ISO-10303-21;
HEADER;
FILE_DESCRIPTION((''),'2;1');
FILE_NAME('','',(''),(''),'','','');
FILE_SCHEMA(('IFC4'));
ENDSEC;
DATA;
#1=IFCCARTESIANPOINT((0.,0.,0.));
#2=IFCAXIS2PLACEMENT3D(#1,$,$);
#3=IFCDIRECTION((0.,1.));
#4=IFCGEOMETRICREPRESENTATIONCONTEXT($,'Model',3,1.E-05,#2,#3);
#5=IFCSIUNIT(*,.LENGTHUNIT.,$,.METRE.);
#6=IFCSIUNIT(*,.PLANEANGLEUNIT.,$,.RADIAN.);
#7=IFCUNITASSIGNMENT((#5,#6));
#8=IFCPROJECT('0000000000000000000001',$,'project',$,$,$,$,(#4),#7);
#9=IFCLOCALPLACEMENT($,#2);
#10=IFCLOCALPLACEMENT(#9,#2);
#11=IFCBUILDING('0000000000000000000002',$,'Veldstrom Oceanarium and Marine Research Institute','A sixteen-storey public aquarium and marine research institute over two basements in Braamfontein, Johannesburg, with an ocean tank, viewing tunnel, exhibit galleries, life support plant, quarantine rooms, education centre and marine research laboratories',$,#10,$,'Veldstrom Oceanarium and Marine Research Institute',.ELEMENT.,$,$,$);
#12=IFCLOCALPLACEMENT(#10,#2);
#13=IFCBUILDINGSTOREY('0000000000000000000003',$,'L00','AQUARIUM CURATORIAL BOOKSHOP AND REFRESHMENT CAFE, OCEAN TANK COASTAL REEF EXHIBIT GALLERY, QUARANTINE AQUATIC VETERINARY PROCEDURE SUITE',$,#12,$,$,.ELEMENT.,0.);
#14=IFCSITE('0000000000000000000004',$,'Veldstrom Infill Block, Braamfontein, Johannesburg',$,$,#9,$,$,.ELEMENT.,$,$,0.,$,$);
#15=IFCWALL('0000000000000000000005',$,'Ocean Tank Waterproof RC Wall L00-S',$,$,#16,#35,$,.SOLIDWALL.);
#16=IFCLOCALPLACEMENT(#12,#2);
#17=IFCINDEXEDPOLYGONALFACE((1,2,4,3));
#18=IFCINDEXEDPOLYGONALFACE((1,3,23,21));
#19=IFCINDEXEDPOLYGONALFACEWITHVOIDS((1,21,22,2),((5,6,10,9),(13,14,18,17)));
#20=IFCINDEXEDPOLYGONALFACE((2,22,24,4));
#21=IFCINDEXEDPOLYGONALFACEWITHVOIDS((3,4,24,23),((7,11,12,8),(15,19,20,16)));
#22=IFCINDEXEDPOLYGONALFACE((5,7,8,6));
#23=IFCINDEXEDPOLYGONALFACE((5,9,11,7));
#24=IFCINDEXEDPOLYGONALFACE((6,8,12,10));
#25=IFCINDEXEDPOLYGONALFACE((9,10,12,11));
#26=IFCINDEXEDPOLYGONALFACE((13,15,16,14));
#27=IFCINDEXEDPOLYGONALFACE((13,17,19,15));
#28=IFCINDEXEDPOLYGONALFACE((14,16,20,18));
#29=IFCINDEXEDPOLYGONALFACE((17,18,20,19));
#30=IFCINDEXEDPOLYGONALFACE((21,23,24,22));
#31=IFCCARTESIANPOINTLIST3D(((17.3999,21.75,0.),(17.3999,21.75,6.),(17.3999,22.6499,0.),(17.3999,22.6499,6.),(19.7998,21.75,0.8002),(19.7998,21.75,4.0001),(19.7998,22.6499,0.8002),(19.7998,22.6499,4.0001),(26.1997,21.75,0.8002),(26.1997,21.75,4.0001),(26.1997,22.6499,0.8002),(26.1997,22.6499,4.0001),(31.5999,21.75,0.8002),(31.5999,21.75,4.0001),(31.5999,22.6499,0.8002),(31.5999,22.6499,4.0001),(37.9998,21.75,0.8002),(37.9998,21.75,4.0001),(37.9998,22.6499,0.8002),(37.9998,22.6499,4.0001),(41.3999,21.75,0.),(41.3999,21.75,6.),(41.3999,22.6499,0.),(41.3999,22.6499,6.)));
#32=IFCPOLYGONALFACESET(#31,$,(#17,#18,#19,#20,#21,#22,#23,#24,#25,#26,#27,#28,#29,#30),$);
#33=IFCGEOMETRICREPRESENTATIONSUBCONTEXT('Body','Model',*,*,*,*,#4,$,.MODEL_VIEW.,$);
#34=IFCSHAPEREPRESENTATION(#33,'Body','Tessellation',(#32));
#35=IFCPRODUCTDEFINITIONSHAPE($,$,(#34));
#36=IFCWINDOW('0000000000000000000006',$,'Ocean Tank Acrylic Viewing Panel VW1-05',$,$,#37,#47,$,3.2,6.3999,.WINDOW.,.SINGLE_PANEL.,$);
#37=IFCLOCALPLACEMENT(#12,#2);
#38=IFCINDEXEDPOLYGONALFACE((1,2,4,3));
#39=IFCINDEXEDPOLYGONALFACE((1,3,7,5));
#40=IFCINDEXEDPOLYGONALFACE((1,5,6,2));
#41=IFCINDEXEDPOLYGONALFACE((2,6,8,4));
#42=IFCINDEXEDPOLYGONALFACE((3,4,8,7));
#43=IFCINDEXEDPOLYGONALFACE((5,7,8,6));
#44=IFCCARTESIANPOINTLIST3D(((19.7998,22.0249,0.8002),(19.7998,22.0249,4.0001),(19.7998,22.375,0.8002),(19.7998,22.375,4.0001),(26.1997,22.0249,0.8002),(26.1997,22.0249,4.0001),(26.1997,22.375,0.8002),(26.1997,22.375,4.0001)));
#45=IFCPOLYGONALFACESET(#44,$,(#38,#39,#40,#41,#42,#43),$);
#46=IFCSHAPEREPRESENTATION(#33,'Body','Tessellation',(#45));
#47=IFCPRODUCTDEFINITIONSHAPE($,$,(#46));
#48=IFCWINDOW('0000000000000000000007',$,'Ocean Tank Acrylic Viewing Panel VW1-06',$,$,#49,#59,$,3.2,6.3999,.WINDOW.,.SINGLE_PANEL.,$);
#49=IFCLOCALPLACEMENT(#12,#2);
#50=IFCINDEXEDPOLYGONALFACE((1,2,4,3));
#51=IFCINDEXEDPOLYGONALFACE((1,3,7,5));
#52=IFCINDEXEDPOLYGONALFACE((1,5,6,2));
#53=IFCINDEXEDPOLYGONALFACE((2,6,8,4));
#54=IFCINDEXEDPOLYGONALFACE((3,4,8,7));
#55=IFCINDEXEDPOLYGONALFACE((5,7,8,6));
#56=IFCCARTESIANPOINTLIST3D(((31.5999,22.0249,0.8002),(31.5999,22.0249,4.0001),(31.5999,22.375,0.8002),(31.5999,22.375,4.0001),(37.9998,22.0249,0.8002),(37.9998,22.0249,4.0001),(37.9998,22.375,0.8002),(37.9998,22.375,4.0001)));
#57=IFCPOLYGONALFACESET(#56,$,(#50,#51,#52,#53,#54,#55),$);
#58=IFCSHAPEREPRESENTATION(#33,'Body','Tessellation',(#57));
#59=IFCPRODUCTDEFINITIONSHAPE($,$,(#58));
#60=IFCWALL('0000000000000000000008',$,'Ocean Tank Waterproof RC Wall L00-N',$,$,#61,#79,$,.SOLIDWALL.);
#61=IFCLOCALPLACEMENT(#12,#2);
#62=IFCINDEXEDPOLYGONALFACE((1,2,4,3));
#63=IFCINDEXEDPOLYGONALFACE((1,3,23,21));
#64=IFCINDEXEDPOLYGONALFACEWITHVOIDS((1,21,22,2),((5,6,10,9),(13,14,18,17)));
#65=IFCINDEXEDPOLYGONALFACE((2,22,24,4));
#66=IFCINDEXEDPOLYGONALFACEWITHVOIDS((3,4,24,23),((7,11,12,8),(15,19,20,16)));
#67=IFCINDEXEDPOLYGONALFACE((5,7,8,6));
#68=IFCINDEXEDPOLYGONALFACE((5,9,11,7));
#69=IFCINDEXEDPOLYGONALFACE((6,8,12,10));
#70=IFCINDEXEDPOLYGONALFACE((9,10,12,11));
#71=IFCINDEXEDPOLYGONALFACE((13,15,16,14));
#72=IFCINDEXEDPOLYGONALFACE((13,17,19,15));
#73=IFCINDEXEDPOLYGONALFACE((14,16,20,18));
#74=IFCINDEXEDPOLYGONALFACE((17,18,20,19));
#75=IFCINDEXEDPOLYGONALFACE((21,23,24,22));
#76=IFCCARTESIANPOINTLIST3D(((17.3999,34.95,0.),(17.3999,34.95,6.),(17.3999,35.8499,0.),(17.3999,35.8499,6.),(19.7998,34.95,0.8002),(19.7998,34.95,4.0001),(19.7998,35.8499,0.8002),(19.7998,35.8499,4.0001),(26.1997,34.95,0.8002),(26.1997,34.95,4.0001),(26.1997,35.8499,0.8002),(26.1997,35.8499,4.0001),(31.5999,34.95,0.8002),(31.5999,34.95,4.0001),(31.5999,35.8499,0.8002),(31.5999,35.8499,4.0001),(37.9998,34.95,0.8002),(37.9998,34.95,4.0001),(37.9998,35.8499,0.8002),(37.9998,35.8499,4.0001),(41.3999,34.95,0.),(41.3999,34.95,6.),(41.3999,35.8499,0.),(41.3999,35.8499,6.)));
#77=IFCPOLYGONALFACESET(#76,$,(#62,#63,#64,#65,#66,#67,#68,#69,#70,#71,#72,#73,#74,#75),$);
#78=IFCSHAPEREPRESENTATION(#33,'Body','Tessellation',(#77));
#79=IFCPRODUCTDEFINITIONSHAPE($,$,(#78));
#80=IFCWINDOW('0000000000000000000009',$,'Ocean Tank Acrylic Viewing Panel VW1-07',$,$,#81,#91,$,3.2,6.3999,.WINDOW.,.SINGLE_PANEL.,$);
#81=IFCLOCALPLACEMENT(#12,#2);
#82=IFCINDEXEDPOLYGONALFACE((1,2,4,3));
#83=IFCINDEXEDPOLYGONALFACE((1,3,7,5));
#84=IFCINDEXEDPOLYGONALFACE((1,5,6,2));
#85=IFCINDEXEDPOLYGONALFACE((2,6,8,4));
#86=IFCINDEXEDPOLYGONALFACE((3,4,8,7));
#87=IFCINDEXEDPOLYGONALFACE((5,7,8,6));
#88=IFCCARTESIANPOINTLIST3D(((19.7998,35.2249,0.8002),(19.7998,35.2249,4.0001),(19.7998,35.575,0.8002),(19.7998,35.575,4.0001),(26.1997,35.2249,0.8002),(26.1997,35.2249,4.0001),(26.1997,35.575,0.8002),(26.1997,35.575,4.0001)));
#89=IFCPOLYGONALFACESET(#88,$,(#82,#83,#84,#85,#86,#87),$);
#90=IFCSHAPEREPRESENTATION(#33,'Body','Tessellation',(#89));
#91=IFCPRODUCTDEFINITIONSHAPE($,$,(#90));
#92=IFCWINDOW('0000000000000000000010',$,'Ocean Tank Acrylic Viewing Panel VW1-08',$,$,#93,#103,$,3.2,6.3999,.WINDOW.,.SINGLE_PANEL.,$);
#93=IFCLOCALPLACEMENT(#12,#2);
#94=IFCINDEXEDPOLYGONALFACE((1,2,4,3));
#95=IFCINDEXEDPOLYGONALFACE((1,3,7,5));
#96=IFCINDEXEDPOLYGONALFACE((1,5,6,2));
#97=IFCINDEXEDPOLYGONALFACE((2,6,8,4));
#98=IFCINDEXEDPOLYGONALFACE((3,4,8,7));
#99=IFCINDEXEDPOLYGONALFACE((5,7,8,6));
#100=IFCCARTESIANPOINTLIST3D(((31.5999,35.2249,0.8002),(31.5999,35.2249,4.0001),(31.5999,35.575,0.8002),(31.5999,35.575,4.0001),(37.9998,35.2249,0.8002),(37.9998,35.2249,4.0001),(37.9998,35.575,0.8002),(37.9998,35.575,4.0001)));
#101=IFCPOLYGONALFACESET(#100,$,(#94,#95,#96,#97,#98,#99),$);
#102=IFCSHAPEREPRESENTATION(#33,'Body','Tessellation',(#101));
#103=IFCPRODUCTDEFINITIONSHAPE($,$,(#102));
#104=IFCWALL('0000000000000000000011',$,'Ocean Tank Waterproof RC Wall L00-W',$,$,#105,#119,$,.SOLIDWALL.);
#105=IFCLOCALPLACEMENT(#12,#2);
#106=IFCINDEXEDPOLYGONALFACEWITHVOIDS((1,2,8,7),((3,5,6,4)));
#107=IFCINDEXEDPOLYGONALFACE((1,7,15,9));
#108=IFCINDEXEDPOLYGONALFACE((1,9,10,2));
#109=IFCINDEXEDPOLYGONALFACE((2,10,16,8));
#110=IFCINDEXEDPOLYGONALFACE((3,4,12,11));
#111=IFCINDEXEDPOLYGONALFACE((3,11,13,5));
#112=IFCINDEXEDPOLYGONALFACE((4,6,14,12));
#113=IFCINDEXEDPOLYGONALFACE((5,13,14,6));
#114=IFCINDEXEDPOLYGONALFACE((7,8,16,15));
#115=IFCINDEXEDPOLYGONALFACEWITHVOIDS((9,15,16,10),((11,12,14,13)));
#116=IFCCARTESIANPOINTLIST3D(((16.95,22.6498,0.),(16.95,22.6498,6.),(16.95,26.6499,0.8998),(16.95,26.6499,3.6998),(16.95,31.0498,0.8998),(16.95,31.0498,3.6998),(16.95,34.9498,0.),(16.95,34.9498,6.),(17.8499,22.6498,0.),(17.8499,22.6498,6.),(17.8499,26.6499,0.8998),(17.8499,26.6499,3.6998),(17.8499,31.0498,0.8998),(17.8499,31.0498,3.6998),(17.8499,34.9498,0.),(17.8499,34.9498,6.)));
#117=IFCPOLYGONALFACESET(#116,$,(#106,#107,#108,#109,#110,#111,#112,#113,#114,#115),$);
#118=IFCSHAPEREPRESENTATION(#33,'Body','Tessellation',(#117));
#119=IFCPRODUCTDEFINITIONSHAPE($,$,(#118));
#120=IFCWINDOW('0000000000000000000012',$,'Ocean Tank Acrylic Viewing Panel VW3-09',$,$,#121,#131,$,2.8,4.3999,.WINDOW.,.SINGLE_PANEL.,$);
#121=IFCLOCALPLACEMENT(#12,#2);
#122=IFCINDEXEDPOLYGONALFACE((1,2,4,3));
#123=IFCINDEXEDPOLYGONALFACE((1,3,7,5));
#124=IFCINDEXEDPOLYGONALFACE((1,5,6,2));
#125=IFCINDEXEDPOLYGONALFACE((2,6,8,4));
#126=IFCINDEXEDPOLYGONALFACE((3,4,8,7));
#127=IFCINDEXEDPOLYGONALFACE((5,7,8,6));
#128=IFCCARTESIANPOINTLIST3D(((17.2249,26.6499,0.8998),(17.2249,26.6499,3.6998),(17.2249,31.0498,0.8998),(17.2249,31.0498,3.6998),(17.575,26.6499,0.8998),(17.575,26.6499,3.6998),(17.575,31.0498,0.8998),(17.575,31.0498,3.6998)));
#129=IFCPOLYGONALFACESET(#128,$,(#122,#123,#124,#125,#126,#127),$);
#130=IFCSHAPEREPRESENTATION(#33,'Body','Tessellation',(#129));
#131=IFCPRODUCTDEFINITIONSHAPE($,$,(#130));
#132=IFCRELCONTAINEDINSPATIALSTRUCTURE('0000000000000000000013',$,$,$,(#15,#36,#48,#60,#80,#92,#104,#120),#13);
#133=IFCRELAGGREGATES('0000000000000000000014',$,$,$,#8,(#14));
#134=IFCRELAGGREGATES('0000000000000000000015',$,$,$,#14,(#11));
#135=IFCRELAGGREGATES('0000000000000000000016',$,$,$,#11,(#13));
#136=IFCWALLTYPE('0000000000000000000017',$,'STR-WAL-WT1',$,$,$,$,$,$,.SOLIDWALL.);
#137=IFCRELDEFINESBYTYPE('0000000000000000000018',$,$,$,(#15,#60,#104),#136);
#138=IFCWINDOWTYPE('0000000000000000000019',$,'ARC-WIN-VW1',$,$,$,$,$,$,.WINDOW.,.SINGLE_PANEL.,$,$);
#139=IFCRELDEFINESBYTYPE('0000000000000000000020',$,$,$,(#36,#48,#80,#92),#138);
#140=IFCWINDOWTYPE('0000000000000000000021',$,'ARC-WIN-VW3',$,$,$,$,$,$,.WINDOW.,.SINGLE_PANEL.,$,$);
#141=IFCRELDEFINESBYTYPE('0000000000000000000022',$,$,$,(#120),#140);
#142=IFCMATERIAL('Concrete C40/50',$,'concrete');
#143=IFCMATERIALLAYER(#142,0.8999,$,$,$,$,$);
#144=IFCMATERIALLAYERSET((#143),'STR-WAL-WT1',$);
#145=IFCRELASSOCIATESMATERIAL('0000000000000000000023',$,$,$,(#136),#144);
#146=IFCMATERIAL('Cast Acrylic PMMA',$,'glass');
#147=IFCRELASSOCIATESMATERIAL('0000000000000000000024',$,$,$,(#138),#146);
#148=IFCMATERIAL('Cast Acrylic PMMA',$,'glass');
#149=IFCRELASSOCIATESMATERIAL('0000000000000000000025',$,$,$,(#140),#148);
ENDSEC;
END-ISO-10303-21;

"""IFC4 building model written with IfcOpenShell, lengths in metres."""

from ifc_helpers import new_model, si_unit, direction, frame, frame_2d, origin, place, context, subcontext, project, spatial, rectangle, extrude, material, layer, layer_set, type_object, element, fill, save


model = new_model("IFC4")

# Units and contexts
model_context = context("Model", 3, precision=1e-05, world=origin(), true_north=direction((0.0, 1.0)))
body_context = subcontext(model_context, "Body", "Model", "MODEL_VIEW")
ifc_project = project(units=[si_unit("LENGTHUNIT", "METRE"), si_unit("PLANEANGLEUNIT", "RADIAN")], contexts=[model_context])

# Site, building, storey
site_placement = place(None, origin())
site = spatial("IfcSite", under=ifc_project, at=site_placement, Name="Veldstrom Infill Block, Braamfontein, Johannesburg", CompositionType="ELEMENT", RefElevation=0.0)
building_placement = place(site_placement, origin())
building = spatial("IfcBuilding", under=site, at=building_placement, Name="Veldstrom Oceanarium and Marine Research Institute", Description="A sixteen-storey public aquarium and marine research institute over two basements in Braamfontein, Johannesburg, with an ocean tank, viewing tunnel, exhibit galleries, life support plant, quarantine rooms, education centre and marine research laboratories", LongName="Veldstrom Oceanarium and Marine Research Institute", CompositionType="ELEMENT")
storey_placement = place(building_placement, origin())
storey = spatial("IfcBuildingStorey", under=building, at=storey_placement, Name="L00", Description="AQUARIUM CURATORIAL BOOKSHOP AND REFRESHMENT CAFE, OCEAN TANK COASTAL REEF EXHIBIT GALLERY, QUARANTINE AQUATIC VETERINARY PROCEDURE SUITE", CompositionType="ELEMENT", Elevation=0.0)

# Walls, openings, windows
ifc_material_1 = material(Name="Concrete C40/50", Category="concrete")
ifc_layer_1 = layer(ifc_material_1, 0.8999)
ifc_layer_set_1 = layer_set([ifc_layer_1], Name="STR-WAL-WT1")
wall_type_1 = type_object("IfcWallType", Name="STR-WAL-WT1", PredefinedType="SOLIDWALL", material=ifc_layer_set_1)
wall_1_placement = place(storey_placement, frame((17.3999, 22.2, 0.0), z_axis=(0.0, 0.0, 1.0), x_axis=(1.0, 0.0, 0.0)))
wall_1 = element("IfcWall", 1, at=wall_1_placement, inside=storey, type_object=wall_type_1, Name="Ocean Tank Waterproof RC Wall L00-S", PredefinedType="SOLIDWALL", context=body_context, shape_type="SweptSolid", body=[
    extrude(rectangle(XDim=24.0, YDim=0.8999, at=frame_2d((12.0, 0.0))), origin(), (0.0, 0.0, 1.0), 6.0),
])
opening_1_placement = place(wall_1_placement, frame((2.3999, 0.0, 0.8)))
opening_1 = element("IfcOpeningElement", 2, at=opening_1_placement, cuts=wall_1, PredefinedType="OPENING", context=body_context, shape_type="SweptSolid", body=[
    extrude(rectangle(XDim=6.3999, YDim=3.2, at=frame_2d((3.2, 1.6001))), frame((0.0, 0.46, 0.0), z_axis=(0.0, -1.0, 0.0), x_axis=(1.0, 0.0, 0.0)), (0.0, 0.0, 1.0), 0.9199),
])
opening_2_placement = place(wall_1_placement, frame((14.2, 0.0, 0.8)))
opening_2 = element("IfcOpeningElement", 3, at=opening_2_placement, cuts=wall_1, PredefinedType="OPENING", context=body_context, shape_type="SweptSolid", body=[
    extrude(rectangle(XDim=6.3999, YDim=3.2, at=frame_2d((3.2, 1.6001))), frame((0.0, 0.46, 0.0), z_axis=(0.0, -1.0, 0.0), x_axis=(1.0, 0.0, 0.0)), (0.0, 0.0, 1.0), 0.9199),
])
ifc_material_2 = material(Name="Cast Acrylic PMMA", Category="glass")
window_type_1 = type_object("IfcWindowType", Name="ARC-WIN-VW1", PartitioningType="SINGLE_PANEL", PredefinedType="WINDOW", material=ifc_material_2)
window_1_placement = place(opening_1_placement, origin())
window_1 = element("IfcWindow", 4, at=window_1_placement, inside=storey, type_object=window_type_1, Name="Ocean Tank Acrylic Viewing Panel VW1-05", OverallHeight=3.2, OverallWidth=6.3999, PartitioningType="SINGLE_PANEL", PredefinedType="WINDOW", context=body_context, shape_type="SweptSolid", body=[
    extrude(rectangle(XDim=6.3999, YDim=3.2, at=frame_2d((3.2, 1.6001))), frame((0.0, 0.175, 0.0), z_axis=(0.0, -1.0, 0.0), x_axis=(1.0, 0.0, 0.0)), (0.0, 0.0, 1.0), 0.3501),
])
fill(opening_1, window_1)
window_2_placement = place(opening_2_placement, origin())
window_2 = element("IfcWindow", 5, at=window_2_placement, inside=storey, type_object=window_type_1, Name="Ocean Tank Acrylic Viewing Panel VW1-06", OverallHeight=3.2, OverallWidth=6.3999, PartitioningType="SINGLE_PANEL", PredefinedType="WINDOW", context=body_context, shape_type="SweptSolid", body=[
    extrude(rectangle(XDim=6.3999, YDim=3.2, at=frame_2d((3.2, 1.6001))), frame((0.0, 0.175, 0.0), z_axis=(0.0, -1.0, 0.0), x_axis=(1.0, 0.0, 0.0)), (0.0, 0.0, 1.0), 0.3501),
])
fill(opening_2, window_2)
wall_2_placement = place(storey_placement, frame((17.3999, 35.3999, 0.0), z_axis=(0.0, 0.0, 1.0), x_axis=(1.0, 0.0, 0.0)))
wall_2 = element("IfcWall", 6, at=wall_2_placement, inside=storey, type_object=wall_type_1, Name="Ocean Tank Waterproof RC Wall L00-N", PredefinedType="SOLIDWALL", context=body_context, shape_type="SweptSolid", body=[
    extrude(rectangle(XDim=24.0, YDim=0.8999, at=frame_2d((12.0, 0.0))), origin(), (0.0, 0.0, 1.0), 6.0),
])
opening_3_placement = place(wall_2_placement, frame((2.3999, 0.0, 0.8)))
opening_3 = element("IfcOpeningElement", 7, at=opening_3_placement, cuts=wall_2, PredefinedType="OPENING", context=body_context, shape_type="SweptSolid", body=[
    extrude(rectangle(XDim=6.3999, YDim=3.2, at=frame_2d((3.2, 1.6001))), frame((0.0, 0.46, 0.0), z_axis=(0.0, -1.0, 0.0), x_axis=(1.0, 0.0, 0.0)), (0.0, 0.0, 1.0), 0.9199),
])
opening_4_placement = place(wall_2_placement, frame((14.2, 0.0, 0.8)))
opening_4 = element("IfcOpeningElement", 8, at=opening_4_placement, cuts=wall_2, PredefinedType="OPENING", context=body_context, shape_type="SweptSolid", body=[
    extrude(rectangle(XDim=6.3999, YDim=3.2, at=frame_2d((3.2, 1.6001))), frame((0.0, 0.46, 0.0), z_axis=(0.0, -1.0, 0.0), x_axis=(1.0, 0.0, 0.0)), (0.0, 0.0, 1.0), 0.9199),
])
window_3_placement = place(opening_3_placement, origin())
window_3 = element("IfcWindow", 9, at=window_3_placement, inside=storey, type_object=window_type_1, Name="Ocean Tank Acrylic Viewing Panel VW1-07", OverallHeight=3.2, OverallWidth=6.3999, PartitioningType="SINGLE_PANEL", PredefinedType="WINDOW", context=body_context, shape_type="SweptSolid", body=[
    extrude(rectangle(XDim=6.3999, YDim=3.2, at=frame_2d((3.2, 1.6001))), frame((0.0, 0.175, 0.0), z_axis=(0.0, -1.0, 0.0), x_axis=(1.0, 0.0, 0.0)), (0.0, 0.0, 1.0), 0.3501),
])
fill(opening_3, window_3)
window_4_placement = place(opening_4_placement, origin())
window_4 = element("IfcWindow", 10, at=window_4_placement, inside=storey, type_object=window_type_1, Name="Ocean Tank Acrylic Viewing Panel VW1-08", OverallHeight=3.2, OverallWidth=6.3999, PartitioningType="SINGLE_PANEL", PredefinedType="WINDOW", context=body_context, shape_type="SweptSolid", body=[
    extrude(rectangle(XDim=6.3999, YDim=3.2, at=frame_2d((3.2, 1.6001))), frame((0.0, 0.175, 0.0), z_axis=(0.0, -1.0, 0.0), x_axis=(1.0, 0.0, 0.0)), (0.0, 0.0, 1.0), 0.3501),
])
fill(opening_4, window_4)

# Wall, opening, window
wall_3_placement = place(storey_placement, frame((17.3999, 22.6499, 0.0), z_axis=(0.0, 0.0, 1.0), x_axis=(0.0, 1.0, 0.0)))
wall_3 = element("IfcWall", 11, at=wall_3_placement, inside=storey, type_object=wall_type_1, Name="Ocean Tank Waterproof RC Wall L00-W", PredefinedType="SOLIDWALL", context=body_context, shape_type="SweptSolid", body=[
    extrude(rectangle(XDim=12.3, YDim=0.8999, at=frame_2d((6.1499, 0.0))), origin(), (0.0, 0.0, 1.0), 6.0),
])
opening_5_placement = place(wall_3_placement, frame((4.0, 0.0, 0.8999)))
opening_5 = element("IfcOpeningElement", 12, at=opening_5_placement, cuts=wall_3, PredefinedType="OPENING", context=body_context, shape_type="SweptSolid", body=[
    extrude(rectangle(XDim=4.3999, YDim=2.8, at=frame_2d((2.2, 1.3999))), frame((0.0, 0.46, 0.0), z_axis=(0.0, -1.0, 0.0), x_axis=(1.0, 0.0, 0.0)), (0.0, 0.0, 1.0), 0.9199),
])
ifc_material_3 = material(Name="Cast Acrylic PMMA", Category="glass")
window_type_2 = type_object("IfcWindowType", Name="ARC-WIN-VW3", PartitioningType="SINGLE_PANEL", PredefinedType="WINDOW", material=ifc_material_3)
window_5_placement = place(opening_5_placement, origin())
window_5 = element("IfcWindow", 13, at=window_5_placement, inside=storey, type_object=window_type_2, Name="Ocean Tank Acrylic Viewing Panel VW3-09", OverallHeight=2.8, OverallWidth=4.3999, PartitioningType="SINGLE_PANEL", PredefinedType="WINDOW", context=body_context, shape_type="SweptSolid", body=[
    extrude(rectangle(XDim=4.3999, YDim=2.8, at=frame_2d((2.2, 1.3999))), frame((0.0, 0.175, 0.0), z_axis=(0.0, -1.0, 0.0), x_axis=(1.0, 0.0, 0.0)), (0.0, 0.0, 1.0), 0.3501),
])
fill(opening_5, window_5)

save(model, "model.ifc")
